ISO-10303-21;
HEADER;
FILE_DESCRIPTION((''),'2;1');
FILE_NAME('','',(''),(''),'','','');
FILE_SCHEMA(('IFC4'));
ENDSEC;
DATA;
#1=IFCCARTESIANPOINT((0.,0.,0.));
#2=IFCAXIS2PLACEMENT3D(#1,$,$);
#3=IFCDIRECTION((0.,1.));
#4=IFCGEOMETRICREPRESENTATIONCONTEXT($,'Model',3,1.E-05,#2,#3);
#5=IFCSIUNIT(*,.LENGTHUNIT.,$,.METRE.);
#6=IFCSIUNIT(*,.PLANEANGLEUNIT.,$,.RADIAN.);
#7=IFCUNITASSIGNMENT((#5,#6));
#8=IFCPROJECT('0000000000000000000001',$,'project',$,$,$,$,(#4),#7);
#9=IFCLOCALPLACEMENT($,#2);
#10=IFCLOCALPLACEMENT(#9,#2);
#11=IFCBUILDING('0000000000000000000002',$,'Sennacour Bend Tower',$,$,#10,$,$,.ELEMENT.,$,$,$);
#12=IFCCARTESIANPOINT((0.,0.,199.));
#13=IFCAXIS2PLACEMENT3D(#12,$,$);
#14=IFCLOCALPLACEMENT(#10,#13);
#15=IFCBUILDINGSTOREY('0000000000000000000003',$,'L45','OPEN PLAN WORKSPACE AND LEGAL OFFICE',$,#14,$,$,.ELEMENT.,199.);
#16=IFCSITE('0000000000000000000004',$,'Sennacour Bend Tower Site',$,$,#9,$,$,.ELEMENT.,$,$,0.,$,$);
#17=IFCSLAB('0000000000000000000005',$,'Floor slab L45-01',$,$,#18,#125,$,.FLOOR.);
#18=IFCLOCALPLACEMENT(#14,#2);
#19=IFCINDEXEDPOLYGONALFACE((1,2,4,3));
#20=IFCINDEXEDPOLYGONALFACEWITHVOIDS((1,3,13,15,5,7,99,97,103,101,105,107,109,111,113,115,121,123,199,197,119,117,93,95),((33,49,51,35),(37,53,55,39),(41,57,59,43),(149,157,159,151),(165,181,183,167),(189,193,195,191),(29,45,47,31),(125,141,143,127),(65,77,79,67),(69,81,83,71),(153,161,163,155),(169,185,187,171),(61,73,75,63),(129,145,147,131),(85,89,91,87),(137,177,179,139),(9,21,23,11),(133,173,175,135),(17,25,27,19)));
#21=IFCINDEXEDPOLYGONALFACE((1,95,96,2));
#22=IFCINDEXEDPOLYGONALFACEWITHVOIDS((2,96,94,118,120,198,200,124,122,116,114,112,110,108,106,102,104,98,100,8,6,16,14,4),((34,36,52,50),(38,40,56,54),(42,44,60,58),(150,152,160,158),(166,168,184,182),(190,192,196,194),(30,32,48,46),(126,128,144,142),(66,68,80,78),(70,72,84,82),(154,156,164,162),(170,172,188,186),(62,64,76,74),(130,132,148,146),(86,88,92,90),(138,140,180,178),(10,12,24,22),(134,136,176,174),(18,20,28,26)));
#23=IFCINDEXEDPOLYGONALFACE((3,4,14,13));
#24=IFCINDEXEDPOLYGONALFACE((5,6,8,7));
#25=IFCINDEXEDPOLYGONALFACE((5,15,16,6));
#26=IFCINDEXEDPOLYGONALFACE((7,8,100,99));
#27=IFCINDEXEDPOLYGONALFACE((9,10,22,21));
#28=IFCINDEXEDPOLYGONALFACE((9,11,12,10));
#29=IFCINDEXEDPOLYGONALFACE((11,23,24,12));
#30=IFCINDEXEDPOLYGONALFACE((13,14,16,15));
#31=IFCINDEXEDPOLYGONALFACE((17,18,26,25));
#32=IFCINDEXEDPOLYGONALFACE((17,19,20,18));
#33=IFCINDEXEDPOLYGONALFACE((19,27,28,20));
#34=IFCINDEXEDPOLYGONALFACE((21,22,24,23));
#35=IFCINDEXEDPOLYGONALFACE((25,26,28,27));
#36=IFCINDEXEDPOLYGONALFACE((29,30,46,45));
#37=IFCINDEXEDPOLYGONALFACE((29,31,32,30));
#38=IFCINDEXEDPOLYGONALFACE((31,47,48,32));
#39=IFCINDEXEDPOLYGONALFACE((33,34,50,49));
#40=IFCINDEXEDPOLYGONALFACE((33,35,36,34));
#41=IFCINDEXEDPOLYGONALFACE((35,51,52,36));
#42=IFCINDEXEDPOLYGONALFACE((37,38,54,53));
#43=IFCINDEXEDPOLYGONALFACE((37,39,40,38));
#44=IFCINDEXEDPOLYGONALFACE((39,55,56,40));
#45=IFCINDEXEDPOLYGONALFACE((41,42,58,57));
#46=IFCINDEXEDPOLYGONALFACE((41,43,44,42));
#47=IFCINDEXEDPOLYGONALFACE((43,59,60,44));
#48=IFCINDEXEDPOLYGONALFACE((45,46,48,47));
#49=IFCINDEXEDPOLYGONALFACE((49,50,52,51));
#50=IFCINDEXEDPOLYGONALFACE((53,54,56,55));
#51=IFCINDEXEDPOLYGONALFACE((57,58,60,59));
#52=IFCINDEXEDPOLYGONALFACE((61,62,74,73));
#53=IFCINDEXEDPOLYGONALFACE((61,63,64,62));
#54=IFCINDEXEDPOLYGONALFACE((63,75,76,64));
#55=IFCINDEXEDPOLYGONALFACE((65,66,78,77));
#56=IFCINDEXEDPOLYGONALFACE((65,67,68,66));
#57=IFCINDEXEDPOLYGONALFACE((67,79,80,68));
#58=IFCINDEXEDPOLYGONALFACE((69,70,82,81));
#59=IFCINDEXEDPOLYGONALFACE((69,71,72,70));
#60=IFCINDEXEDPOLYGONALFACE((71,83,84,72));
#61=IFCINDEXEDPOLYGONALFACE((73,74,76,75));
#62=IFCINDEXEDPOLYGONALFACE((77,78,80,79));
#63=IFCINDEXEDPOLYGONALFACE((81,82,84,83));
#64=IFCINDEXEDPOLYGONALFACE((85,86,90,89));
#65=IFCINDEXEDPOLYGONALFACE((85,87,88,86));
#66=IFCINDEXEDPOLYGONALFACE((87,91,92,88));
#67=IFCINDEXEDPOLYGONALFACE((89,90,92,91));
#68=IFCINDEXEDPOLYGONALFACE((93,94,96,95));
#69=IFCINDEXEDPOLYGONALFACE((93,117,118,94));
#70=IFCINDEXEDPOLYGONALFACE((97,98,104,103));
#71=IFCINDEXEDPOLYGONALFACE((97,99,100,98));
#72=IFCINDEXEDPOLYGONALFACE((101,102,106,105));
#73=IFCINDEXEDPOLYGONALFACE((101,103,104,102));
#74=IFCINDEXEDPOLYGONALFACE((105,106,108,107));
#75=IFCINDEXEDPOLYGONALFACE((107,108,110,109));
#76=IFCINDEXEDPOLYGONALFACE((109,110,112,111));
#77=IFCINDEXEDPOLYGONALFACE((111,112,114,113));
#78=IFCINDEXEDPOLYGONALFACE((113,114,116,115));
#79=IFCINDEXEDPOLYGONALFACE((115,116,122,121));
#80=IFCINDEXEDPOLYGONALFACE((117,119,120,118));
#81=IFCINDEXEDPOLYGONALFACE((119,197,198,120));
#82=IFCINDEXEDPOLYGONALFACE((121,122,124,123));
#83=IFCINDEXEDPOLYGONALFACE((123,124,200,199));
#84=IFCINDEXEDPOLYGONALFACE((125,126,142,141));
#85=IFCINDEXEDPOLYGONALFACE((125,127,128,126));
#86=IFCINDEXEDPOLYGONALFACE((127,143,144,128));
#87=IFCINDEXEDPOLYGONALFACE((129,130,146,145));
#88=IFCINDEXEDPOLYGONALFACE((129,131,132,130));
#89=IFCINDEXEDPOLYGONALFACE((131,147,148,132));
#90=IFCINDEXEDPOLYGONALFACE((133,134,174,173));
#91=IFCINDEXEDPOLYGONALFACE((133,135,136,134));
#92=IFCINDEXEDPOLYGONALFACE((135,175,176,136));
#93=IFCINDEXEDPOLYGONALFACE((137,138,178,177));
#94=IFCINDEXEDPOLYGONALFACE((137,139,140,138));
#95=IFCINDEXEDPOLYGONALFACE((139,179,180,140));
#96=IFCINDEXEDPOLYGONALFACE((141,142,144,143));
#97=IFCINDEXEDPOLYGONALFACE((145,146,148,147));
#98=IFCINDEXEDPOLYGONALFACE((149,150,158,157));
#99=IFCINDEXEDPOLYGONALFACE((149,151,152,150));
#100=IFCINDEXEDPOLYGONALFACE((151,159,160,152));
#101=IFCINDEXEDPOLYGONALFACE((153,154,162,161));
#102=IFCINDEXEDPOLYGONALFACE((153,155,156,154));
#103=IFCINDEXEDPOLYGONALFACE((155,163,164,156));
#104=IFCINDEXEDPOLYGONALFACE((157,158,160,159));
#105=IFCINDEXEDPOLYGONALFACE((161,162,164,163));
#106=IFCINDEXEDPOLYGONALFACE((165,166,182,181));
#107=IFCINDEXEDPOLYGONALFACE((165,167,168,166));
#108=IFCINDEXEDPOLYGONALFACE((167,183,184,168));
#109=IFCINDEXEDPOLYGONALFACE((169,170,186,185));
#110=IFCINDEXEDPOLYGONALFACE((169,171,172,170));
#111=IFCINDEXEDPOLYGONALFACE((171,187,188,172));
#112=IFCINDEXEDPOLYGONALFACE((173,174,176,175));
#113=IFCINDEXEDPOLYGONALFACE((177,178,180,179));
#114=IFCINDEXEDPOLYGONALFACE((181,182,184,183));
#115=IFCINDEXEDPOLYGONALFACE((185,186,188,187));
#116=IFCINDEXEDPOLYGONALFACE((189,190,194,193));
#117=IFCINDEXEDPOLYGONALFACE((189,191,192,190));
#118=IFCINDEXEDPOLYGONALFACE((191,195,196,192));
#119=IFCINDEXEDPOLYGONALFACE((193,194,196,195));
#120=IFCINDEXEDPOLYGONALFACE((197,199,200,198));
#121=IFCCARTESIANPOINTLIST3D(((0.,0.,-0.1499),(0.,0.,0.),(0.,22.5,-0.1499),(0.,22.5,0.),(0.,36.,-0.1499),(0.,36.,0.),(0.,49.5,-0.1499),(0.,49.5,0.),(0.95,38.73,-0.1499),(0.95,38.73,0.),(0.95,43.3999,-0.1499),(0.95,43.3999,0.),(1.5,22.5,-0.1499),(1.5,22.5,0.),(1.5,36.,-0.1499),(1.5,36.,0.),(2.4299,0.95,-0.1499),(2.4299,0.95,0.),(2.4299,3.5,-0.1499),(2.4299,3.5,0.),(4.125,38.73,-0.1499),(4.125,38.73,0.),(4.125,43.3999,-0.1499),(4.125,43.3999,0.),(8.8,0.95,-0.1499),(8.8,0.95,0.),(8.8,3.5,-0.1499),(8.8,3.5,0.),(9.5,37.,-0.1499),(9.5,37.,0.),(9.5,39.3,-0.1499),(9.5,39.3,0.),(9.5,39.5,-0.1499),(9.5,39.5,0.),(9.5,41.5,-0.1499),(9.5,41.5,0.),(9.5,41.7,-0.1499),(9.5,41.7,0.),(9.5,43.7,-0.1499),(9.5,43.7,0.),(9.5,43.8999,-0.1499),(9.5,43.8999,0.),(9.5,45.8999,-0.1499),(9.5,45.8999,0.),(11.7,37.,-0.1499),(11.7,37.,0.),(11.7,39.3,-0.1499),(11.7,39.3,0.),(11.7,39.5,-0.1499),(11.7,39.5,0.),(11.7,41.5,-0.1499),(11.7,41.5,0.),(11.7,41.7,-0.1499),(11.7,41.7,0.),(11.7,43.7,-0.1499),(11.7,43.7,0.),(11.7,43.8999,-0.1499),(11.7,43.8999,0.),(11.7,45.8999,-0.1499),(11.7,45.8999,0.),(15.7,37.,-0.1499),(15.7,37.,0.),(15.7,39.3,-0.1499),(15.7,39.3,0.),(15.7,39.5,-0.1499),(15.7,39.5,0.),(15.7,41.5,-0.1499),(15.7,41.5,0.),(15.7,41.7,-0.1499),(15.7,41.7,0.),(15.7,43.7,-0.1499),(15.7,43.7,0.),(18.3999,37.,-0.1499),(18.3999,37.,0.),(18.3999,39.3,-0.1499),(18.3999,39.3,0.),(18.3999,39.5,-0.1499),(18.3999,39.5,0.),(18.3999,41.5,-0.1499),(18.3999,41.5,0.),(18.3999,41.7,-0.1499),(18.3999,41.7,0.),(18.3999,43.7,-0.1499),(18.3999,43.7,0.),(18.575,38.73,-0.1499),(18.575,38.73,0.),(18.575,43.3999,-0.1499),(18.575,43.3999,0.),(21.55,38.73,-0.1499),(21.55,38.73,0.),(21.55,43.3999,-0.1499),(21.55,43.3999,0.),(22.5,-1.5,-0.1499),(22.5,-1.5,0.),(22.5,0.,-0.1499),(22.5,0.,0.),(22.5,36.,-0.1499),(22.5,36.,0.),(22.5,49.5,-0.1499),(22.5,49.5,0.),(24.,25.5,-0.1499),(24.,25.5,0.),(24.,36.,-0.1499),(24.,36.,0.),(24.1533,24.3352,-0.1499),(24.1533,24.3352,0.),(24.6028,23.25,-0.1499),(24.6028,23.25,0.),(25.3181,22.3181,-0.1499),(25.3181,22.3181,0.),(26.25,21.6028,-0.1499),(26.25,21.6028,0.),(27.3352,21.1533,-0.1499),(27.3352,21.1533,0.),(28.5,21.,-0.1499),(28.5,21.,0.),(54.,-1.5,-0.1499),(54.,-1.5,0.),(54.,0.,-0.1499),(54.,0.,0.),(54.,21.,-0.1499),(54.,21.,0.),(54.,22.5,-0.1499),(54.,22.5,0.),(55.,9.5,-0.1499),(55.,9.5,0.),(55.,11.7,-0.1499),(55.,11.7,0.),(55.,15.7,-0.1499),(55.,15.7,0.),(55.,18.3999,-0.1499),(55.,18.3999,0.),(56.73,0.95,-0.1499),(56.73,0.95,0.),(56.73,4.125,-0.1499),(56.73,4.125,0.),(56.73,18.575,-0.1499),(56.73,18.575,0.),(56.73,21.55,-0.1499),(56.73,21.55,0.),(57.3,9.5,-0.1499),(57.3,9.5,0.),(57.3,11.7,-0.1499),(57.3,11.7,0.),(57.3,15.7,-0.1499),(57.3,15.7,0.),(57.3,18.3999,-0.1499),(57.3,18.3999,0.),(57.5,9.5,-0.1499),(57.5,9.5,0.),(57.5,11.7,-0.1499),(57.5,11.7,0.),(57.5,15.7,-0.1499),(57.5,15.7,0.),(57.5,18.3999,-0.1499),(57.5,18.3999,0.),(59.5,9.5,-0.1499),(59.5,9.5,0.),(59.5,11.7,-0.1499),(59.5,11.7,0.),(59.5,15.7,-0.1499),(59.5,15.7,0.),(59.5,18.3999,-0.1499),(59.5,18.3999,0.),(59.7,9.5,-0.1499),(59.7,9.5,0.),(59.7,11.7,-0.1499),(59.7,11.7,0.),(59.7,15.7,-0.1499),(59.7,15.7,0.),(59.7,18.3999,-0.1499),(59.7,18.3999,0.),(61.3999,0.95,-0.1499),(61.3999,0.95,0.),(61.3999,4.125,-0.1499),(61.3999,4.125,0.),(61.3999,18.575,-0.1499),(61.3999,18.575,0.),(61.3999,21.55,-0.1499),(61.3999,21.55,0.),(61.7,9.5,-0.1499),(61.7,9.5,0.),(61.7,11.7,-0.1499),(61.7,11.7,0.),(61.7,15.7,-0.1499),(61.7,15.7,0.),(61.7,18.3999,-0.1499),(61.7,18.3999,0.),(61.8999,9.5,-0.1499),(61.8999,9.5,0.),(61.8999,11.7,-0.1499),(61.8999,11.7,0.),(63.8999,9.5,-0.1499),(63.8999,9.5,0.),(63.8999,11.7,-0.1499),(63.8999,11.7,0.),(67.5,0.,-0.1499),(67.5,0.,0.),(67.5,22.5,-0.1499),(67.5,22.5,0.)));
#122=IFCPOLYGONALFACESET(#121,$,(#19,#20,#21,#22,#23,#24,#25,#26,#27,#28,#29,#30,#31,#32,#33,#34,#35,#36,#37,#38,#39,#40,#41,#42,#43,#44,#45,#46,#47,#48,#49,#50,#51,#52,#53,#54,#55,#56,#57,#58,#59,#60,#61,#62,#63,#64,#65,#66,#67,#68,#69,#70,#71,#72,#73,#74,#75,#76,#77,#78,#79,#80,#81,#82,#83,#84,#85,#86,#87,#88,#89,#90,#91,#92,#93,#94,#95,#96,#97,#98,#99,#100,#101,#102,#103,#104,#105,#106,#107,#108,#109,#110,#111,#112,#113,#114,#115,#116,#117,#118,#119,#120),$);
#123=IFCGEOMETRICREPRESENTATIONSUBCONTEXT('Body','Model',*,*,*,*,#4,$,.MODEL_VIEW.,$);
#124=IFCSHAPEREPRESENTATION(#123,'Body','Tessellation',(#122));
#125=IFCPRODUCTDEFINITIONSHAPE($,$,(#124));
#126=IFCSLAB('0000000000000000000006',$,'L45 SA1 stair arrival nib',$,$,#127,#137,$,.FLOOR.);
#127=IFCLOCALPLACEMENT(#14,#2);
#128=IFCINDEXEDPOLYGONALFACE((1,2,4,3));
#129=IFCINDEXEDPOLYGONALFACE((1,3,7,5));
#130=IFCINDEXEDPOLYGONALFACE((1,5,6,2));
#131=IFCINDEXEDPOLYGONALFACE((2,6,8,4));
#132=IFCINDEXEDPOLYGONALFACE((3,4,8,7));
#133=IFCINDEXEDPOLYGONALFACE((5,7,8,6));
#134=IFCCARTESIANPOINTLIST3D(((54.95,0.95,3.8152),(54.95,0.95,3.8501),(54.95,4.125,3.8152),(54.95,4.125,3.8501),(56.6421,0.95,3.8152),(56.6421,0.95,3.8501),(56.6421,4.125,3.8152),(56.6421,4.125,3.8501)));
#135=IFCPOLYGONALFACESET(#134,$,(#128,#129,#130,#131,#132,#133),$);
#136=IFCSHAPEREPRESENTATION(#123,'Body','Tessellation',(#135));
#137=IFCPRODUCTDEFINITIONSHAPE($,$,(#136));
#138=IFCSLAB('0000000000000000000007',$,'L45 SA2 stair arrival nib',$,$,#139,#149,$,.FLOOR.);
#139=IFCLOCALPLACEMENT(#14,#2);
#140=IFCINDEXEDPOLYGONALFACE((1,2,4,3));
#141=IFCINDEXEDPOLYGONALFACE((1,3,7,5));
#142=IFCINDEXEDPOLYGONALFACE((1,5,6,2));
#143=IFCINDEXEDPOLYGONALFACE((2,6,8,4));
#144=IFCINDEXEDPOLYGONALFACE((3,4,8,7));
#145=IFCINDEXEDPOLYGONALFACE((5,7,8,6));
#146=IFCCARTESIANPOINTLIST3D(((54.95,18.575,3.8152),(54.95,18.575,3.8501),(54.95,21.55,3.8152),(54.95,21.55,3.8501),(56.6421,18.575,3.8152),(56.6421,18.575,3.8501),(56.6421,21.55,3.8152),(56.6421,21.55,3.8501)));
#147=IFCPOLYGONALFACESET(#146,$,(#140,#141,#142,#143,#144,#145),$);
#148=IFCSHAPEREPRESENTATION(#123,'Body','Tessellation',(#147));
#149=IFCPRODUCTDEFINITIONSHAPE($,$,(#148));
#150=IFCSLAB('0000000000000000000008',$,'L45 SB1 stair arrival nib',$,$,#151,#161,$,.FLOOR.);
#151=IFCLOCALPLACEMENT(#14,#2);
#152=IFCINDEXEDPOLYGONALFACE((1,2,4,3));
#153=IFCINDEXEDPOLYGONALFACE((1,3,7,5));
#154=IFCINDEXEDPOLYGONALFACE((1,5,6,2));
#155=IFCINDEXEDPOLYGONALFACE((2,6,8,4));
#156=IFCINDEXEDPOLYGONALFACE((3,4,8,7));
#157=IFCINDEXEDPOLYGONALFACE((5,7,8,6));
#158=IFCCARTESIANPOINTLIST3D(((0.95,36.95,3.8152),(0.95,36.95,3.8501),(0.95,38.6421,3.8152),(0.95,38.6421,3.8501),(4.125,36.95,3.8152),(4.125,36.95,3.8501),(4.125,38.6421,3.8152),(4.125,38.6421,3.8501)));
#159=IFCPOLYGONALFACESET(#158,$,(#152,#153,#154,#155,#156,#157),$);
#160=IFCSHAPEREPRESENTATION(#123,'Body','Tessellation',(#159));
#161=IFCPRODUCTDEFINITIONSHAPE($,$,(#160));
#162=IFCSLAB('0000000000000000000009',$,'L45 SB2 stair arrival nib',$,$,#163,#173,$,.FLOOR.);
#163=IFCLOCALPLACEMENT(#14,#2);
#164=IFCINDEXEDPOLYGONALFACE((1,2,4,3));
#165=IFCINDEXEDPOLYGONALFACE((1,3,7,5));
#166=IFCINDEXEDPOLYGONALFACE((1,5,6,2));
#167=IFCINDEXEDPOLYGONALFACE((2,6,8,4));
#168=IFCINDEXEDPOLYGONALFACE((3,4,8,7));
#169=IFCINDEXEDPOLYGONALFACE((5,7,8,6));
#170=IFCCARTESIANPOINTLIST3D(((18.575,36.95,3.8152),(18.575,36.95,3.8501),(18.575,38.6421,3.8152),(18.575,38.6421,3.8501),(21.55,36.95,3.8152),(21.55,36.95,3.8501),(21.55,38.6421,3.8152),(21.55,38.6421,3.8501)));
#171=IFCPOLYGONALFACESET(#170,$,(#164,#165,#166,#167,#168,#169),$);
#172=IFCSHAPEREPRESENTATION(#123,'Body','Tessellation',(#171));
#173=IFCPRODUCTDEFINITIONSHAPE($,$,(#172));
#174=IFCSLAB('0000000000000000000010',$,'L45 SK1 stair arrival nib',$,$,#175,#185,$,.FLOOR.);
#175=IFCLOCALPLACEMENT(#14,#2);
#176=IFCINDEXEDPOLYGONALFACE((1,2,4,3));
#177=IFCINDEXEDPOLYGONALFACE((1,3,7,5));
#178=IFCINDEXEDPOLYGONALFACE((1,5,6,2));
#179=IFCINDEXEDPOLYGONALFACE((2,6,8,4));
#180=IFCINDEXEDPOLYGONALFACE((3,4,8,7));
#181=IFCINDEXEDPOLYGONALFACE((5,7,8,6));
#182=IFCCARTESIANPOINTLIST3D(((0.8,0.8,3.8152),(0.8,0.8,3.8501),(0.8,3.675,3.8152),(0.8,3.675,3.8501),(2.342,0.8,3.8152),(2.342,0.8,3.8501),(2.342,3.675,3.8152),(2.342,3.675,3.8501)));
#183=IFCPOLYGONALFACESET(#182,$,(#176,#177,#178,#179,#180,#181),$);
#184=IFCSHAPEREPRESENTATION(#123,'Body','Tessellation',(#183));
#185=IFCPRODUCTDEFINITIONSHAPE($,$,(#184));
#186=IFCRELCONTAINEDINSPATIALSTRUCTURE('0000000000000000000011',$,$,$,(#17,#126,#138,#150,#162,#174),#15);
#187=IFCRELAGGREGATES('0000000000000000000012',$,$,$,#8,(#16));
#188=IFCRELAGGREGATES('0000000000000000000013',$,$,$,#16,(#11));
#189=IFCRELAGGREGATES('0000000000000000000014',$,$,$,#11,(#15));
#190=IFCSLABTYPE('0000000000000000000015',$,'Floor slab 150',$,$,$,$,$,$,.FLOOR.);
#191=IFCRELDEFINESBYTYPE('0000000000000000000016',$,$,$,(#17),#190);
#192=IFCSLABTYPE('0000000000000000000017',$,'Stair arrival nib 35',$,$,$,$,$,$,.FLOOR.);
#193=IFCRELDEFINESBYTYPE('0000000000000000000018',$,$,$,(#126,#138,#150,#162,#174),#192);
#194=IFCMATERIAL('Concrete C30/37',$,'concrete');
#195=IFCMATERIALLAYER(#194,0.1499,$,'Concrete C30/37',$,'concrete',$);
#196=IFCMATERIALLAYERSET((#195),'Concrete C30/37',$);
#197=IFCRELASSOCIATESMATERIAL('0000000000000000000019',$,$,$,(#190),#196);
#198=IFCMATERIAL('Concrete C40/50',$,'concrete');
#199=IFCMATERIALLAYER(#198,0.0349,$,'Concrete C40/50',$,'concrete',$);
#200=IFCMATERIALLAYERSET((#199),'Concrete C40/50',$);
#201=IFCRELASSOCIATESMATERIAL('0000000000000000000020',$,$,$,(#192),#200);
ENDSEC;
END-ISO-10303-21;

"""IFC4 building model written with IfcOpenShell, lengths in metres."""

from ifc_helpers import new_model, si_unit, direction, frame, origin, place, context, subcontext, project, spatial, polyline, outline, extrude, material, layer, layer_set, type_object, element, save


model = new_model("IFC4")

# Units and contexts
model_context = context("Model", 3, precision=1e-05, world=origin(), true_north=direction((0.0, 1.0)))
body_context = subcontext(model_context, "Body", "Model", "MODEL_VIEW")
ifc_project = project(units=[si_unit("LENGTHUNIT", "METRE"), si_unit("PLANEANGLEUNIT", "RADIAN")], contexts=[model_context])

# Site, building, storey
site_placement = place(None, origin())
site = spatial("IfcSite", under=ifc_project, at=site_placement, Name="Sennacour Bend Tower Site", CompositionType="ELEMENT", RefElevation=0.0)
building_placement = place(site_placement, origin())
building = spatial("IfcBuilding", under=site, at=building_placement, Name="Sennacour Bend Tower", CompositionType="ELEMENT")
storey_placement = place(building_placement, frame((0.0, 0.0, 199.0)))
storey = spatial("IfcBuildingStorey", under=building, at=storey_placement, Name="L45", Description="OPEN PLAN WORKSPACE AND LEGAL OFFICE", CompositionType="ELEMENT", Elevation=199.0)

# Slabs
ifc_material_1 = material(Name="Concrete C30/37", Category="concrete")
ifc_layer_1 = layer(ifc_material_1, 0.1499, Name="Concrete C30/37", Category="concrete")
ifc_layer_set_1 = layer_set([ifc_layer_1], Name="Concrete C30/37")
slab_type_1 = type_object("IfcSlabType", Name="Floor slab 150", PredefinedType="FLOOR", material=ifc_layer_set_1)
slab_1_placement = place(storey_placement, frame((0.0, 0.0, -0.1499)))
element("IfcSlab", 1, at=slab_1_placement, inside=storey, type_object=slab_type_1, Name="Floor slab L45-01", PredefinedType="FLOOR", context=body_context, shape_type="SweptSolid", body=[
    extrude(outline(polyline([(22.5, 0.0), (0.0, 0.0), (0.0, 22.5), (1.5, 22.5), (1.5, 36.0), (0.0, 36.0), (0.0, 49.5), (22.5, 49.5), (22.5, 36.0), (24.0, 36.0), (24.0, 25.5), (24.1533, 24.3352), (24.6028, 23.25), (25.3181, 22.3181), (26.25, 21.6028), (27.3352, 21.1533), (28.5, 21.0), (54.0, 21.0), (54.0, 22.5), (67.5, 22.5), (67.5, 0.0), (54.0, 0.0), (54.0, -1.5), (22.5, -1.5), (22.5, 0.0)]), holes=[polyline([(8.8, 0.95), (8.8, 3.5), (2.4299, 3.5), (2.4299, 0.95), (8.8, 0.95)]), polyline([(11.7, 37.0), (11.7, 39.3), (9.5, 39.3), (9.5, 37.0), (11.7, 37.0)]), polyline([(18.3999, 37.0), (18.3999, 39.3), (15.7, 39.3), (15.7, 37.0), (18.3999, 37.0)]), polyline([(11.7, 39.5), (11.7, 41.5), (9.5, 41.5), (9.5, 39.5), (11.7, 39.5)]), polyline([(18.3999, 39.5), (18.3999, 41.5), (15.7, 41.5), (15.7, 39.5), (18.3999, 39.5)]), polyline([(4.125, 38.73), (4.125, 43.3999), (0.95, 43.3999), (0.95, 38.73), (4.125, 38.73)]), polyline([(21.55, 38.73), (21.55, 43.3999), (18.575, 43.3999), (18.575, 38.73), (21.55, 38.73)]), polyline([(9.5, 41.7), (11.7, 41.7), (11.7, 43.7), (9.5, 43.7), (9.5, 41.7)]), polyline([(15.7, 41.7), (18.3999, 41.7), (18.3999, 43.7), (15.7, 43.7), (15.7, 41.7)]), polyline([(11.7, 43.8999), (11.7, 45.8999), (9.5, 45.8999), (9.5, 43.8999), (11.7, 43.8999)]), polyline([(61.3999, 0.95), (61.3999, 4.125), (56.73, 4.125), (56.73, 0.95), (61.3999, 0.95)]), polyline([(57.3, 9.5), (57.3, 11.7), (55.0, 11.7), (55.0, 9.5), (57.3, 9.5)]), polyline([(57.5, 9.5), (59.5, 9.5), (59.5, 11.7), (57.5, 11.7), (57.5, 9.5)]), polyline([(59.7, 9.5), (61.7, 9.5), (61.7, 11.7), (59.7, 11.7), (59.7, 9.5)]), polyline([(63.8999, 9.5), (63.8999, 11.7), (61.8999, 11.7), (61.8999, 9.5), (63.8999, 9.5)]), polyline([(57.3, 15.7), (57.3, 18.3999), (55.0, 18.3999), (55.0, 15.7), (57.3, 15.7)]), polyline([(59.5, 15.7), (59.5, 18.3999), (57.5, 18.3999), (57.5, 15.7), (59.5, 15.7)]), polyline([(59.7, 15.7), (61.7, 15.7), (61.7, 18.3999), (59.7, 18.3999), (59.7, 15.7)]), polyline([(56.73, 18.575), (61.3999, 18.575), (61.3999, 21.55), (56.73, 21.55), (56.73, 18.575)])]), origin(), (0.0, 0.0, 1.0), 0.1499),
])
ifc_material_2 = material(Name="Concrete C40/50", Category="concrete")
ifc_layer_2 = layer(ifc_material_2, 0.0349, Name="Concrete C40/50", Category="concrete")
ifc_layer_set_2 = layer_set([ifc_layer_2], Name="Concrete C40/50")
slab_type_2 = type_object("IfcSlabType", Name="Stair arrival nib 35", PredefinedType="FLOOR", material=ifc_layer_set_2)
slab_2_placement = place(storey_placement, frame((0.0, 0.0, 3.8152)))
element("IfcSlab", 2, at=slab_2_placement, inside=storey, type_object=slab_type_2, Name="L45 SA1 stair arrival nib", PredefinedType="FLOOR", context=body_context, shape_type="SweptSolid", body=[
    extrude(outline(polyline([(56.6421, 4.125), (54.95, 4.125), (54.95, 0.95), (56.6421, 0.95), (56.6421, 4.125)])), origin(), (0.0, 0.0, 1.0), 0.0349),
])
slab_3_placement = place(storey_placement, frame((0.0, 0.0, 3.8152)))
element("IfcSlab", 3, at=slab_3_placement, inside=storey, type_object=slab_type_2, Name="L45 SA2 stair arrival nib", PredefinedType="FLOOR", context=body_context, shape_type="SweptSolid", body=[
    extrude(outline(polyline([(56.6421, 21.55), (54.95, 21.55), (54.95, 18.575), (56.6421, 18.575), (56.6421, 21.55)])), origin(), (0.0, 0.0, 1.0), 0.0349),
])
slab_4_placement = place(storey_placement, frame((0.0, 0.0, 3.8152)))
element("IfcSlab", 4, at=slab_4_placement, inside=storey, type_object=slab_type_2, Name="L45 SB1 stair arrival nib", PredefinedType="FLOOR", context=body_context, shape_type="SweptSolid", body=[
    extrude(outline(polyline([(0.95, 38.6421), (0.95, 36.95), (4.125, 36.95), (4.125, 38.6421), (0.95, 38.6421)])), origin(), (0.0, 0.0, 1.0), 0.0349),
])
slab_5_placement = place(storey_placement, frame((0.0, 0.0, 3.8152)))
element("IfcSlab", 5, at=slab_5_placement, inside=storey, type_object=slab_type_2, Name="L45 SB2 stair arrival nib", PredefinedType="FLOOR", context=body_context, shape_type="SweptSolid", body=[
    extrude(outline(polyline([(18.575, 38.6421), (18.575, 36.95), (21.55, 36.95), (21.55, 38.6421), (18.575, 38.6421)])), origin(), (0.0, 0.0, 1.0), 0.0349),
])
slab_6_placement = place(storey_placement, frame((0.0, 0.0, 3.8152)))
element("IfcSlab", 6, at=slab_6_placement, inside=storey, type_object=slab_type_2, Name="L45 SK1 stair arrival nib", PredefinedType="FLOOR", context=body_context, shape_type="SweptSolid", body=[
    extrude(outline(polyline([(2.342, 3.675), (0.8, 3.675), (0.8, 0.8), (2.342, 0.8), (2.342, 3.675)])), origin(), (0.0, 0.0, 1.0), 0.0349),
])

save(model, "model.ifc")
